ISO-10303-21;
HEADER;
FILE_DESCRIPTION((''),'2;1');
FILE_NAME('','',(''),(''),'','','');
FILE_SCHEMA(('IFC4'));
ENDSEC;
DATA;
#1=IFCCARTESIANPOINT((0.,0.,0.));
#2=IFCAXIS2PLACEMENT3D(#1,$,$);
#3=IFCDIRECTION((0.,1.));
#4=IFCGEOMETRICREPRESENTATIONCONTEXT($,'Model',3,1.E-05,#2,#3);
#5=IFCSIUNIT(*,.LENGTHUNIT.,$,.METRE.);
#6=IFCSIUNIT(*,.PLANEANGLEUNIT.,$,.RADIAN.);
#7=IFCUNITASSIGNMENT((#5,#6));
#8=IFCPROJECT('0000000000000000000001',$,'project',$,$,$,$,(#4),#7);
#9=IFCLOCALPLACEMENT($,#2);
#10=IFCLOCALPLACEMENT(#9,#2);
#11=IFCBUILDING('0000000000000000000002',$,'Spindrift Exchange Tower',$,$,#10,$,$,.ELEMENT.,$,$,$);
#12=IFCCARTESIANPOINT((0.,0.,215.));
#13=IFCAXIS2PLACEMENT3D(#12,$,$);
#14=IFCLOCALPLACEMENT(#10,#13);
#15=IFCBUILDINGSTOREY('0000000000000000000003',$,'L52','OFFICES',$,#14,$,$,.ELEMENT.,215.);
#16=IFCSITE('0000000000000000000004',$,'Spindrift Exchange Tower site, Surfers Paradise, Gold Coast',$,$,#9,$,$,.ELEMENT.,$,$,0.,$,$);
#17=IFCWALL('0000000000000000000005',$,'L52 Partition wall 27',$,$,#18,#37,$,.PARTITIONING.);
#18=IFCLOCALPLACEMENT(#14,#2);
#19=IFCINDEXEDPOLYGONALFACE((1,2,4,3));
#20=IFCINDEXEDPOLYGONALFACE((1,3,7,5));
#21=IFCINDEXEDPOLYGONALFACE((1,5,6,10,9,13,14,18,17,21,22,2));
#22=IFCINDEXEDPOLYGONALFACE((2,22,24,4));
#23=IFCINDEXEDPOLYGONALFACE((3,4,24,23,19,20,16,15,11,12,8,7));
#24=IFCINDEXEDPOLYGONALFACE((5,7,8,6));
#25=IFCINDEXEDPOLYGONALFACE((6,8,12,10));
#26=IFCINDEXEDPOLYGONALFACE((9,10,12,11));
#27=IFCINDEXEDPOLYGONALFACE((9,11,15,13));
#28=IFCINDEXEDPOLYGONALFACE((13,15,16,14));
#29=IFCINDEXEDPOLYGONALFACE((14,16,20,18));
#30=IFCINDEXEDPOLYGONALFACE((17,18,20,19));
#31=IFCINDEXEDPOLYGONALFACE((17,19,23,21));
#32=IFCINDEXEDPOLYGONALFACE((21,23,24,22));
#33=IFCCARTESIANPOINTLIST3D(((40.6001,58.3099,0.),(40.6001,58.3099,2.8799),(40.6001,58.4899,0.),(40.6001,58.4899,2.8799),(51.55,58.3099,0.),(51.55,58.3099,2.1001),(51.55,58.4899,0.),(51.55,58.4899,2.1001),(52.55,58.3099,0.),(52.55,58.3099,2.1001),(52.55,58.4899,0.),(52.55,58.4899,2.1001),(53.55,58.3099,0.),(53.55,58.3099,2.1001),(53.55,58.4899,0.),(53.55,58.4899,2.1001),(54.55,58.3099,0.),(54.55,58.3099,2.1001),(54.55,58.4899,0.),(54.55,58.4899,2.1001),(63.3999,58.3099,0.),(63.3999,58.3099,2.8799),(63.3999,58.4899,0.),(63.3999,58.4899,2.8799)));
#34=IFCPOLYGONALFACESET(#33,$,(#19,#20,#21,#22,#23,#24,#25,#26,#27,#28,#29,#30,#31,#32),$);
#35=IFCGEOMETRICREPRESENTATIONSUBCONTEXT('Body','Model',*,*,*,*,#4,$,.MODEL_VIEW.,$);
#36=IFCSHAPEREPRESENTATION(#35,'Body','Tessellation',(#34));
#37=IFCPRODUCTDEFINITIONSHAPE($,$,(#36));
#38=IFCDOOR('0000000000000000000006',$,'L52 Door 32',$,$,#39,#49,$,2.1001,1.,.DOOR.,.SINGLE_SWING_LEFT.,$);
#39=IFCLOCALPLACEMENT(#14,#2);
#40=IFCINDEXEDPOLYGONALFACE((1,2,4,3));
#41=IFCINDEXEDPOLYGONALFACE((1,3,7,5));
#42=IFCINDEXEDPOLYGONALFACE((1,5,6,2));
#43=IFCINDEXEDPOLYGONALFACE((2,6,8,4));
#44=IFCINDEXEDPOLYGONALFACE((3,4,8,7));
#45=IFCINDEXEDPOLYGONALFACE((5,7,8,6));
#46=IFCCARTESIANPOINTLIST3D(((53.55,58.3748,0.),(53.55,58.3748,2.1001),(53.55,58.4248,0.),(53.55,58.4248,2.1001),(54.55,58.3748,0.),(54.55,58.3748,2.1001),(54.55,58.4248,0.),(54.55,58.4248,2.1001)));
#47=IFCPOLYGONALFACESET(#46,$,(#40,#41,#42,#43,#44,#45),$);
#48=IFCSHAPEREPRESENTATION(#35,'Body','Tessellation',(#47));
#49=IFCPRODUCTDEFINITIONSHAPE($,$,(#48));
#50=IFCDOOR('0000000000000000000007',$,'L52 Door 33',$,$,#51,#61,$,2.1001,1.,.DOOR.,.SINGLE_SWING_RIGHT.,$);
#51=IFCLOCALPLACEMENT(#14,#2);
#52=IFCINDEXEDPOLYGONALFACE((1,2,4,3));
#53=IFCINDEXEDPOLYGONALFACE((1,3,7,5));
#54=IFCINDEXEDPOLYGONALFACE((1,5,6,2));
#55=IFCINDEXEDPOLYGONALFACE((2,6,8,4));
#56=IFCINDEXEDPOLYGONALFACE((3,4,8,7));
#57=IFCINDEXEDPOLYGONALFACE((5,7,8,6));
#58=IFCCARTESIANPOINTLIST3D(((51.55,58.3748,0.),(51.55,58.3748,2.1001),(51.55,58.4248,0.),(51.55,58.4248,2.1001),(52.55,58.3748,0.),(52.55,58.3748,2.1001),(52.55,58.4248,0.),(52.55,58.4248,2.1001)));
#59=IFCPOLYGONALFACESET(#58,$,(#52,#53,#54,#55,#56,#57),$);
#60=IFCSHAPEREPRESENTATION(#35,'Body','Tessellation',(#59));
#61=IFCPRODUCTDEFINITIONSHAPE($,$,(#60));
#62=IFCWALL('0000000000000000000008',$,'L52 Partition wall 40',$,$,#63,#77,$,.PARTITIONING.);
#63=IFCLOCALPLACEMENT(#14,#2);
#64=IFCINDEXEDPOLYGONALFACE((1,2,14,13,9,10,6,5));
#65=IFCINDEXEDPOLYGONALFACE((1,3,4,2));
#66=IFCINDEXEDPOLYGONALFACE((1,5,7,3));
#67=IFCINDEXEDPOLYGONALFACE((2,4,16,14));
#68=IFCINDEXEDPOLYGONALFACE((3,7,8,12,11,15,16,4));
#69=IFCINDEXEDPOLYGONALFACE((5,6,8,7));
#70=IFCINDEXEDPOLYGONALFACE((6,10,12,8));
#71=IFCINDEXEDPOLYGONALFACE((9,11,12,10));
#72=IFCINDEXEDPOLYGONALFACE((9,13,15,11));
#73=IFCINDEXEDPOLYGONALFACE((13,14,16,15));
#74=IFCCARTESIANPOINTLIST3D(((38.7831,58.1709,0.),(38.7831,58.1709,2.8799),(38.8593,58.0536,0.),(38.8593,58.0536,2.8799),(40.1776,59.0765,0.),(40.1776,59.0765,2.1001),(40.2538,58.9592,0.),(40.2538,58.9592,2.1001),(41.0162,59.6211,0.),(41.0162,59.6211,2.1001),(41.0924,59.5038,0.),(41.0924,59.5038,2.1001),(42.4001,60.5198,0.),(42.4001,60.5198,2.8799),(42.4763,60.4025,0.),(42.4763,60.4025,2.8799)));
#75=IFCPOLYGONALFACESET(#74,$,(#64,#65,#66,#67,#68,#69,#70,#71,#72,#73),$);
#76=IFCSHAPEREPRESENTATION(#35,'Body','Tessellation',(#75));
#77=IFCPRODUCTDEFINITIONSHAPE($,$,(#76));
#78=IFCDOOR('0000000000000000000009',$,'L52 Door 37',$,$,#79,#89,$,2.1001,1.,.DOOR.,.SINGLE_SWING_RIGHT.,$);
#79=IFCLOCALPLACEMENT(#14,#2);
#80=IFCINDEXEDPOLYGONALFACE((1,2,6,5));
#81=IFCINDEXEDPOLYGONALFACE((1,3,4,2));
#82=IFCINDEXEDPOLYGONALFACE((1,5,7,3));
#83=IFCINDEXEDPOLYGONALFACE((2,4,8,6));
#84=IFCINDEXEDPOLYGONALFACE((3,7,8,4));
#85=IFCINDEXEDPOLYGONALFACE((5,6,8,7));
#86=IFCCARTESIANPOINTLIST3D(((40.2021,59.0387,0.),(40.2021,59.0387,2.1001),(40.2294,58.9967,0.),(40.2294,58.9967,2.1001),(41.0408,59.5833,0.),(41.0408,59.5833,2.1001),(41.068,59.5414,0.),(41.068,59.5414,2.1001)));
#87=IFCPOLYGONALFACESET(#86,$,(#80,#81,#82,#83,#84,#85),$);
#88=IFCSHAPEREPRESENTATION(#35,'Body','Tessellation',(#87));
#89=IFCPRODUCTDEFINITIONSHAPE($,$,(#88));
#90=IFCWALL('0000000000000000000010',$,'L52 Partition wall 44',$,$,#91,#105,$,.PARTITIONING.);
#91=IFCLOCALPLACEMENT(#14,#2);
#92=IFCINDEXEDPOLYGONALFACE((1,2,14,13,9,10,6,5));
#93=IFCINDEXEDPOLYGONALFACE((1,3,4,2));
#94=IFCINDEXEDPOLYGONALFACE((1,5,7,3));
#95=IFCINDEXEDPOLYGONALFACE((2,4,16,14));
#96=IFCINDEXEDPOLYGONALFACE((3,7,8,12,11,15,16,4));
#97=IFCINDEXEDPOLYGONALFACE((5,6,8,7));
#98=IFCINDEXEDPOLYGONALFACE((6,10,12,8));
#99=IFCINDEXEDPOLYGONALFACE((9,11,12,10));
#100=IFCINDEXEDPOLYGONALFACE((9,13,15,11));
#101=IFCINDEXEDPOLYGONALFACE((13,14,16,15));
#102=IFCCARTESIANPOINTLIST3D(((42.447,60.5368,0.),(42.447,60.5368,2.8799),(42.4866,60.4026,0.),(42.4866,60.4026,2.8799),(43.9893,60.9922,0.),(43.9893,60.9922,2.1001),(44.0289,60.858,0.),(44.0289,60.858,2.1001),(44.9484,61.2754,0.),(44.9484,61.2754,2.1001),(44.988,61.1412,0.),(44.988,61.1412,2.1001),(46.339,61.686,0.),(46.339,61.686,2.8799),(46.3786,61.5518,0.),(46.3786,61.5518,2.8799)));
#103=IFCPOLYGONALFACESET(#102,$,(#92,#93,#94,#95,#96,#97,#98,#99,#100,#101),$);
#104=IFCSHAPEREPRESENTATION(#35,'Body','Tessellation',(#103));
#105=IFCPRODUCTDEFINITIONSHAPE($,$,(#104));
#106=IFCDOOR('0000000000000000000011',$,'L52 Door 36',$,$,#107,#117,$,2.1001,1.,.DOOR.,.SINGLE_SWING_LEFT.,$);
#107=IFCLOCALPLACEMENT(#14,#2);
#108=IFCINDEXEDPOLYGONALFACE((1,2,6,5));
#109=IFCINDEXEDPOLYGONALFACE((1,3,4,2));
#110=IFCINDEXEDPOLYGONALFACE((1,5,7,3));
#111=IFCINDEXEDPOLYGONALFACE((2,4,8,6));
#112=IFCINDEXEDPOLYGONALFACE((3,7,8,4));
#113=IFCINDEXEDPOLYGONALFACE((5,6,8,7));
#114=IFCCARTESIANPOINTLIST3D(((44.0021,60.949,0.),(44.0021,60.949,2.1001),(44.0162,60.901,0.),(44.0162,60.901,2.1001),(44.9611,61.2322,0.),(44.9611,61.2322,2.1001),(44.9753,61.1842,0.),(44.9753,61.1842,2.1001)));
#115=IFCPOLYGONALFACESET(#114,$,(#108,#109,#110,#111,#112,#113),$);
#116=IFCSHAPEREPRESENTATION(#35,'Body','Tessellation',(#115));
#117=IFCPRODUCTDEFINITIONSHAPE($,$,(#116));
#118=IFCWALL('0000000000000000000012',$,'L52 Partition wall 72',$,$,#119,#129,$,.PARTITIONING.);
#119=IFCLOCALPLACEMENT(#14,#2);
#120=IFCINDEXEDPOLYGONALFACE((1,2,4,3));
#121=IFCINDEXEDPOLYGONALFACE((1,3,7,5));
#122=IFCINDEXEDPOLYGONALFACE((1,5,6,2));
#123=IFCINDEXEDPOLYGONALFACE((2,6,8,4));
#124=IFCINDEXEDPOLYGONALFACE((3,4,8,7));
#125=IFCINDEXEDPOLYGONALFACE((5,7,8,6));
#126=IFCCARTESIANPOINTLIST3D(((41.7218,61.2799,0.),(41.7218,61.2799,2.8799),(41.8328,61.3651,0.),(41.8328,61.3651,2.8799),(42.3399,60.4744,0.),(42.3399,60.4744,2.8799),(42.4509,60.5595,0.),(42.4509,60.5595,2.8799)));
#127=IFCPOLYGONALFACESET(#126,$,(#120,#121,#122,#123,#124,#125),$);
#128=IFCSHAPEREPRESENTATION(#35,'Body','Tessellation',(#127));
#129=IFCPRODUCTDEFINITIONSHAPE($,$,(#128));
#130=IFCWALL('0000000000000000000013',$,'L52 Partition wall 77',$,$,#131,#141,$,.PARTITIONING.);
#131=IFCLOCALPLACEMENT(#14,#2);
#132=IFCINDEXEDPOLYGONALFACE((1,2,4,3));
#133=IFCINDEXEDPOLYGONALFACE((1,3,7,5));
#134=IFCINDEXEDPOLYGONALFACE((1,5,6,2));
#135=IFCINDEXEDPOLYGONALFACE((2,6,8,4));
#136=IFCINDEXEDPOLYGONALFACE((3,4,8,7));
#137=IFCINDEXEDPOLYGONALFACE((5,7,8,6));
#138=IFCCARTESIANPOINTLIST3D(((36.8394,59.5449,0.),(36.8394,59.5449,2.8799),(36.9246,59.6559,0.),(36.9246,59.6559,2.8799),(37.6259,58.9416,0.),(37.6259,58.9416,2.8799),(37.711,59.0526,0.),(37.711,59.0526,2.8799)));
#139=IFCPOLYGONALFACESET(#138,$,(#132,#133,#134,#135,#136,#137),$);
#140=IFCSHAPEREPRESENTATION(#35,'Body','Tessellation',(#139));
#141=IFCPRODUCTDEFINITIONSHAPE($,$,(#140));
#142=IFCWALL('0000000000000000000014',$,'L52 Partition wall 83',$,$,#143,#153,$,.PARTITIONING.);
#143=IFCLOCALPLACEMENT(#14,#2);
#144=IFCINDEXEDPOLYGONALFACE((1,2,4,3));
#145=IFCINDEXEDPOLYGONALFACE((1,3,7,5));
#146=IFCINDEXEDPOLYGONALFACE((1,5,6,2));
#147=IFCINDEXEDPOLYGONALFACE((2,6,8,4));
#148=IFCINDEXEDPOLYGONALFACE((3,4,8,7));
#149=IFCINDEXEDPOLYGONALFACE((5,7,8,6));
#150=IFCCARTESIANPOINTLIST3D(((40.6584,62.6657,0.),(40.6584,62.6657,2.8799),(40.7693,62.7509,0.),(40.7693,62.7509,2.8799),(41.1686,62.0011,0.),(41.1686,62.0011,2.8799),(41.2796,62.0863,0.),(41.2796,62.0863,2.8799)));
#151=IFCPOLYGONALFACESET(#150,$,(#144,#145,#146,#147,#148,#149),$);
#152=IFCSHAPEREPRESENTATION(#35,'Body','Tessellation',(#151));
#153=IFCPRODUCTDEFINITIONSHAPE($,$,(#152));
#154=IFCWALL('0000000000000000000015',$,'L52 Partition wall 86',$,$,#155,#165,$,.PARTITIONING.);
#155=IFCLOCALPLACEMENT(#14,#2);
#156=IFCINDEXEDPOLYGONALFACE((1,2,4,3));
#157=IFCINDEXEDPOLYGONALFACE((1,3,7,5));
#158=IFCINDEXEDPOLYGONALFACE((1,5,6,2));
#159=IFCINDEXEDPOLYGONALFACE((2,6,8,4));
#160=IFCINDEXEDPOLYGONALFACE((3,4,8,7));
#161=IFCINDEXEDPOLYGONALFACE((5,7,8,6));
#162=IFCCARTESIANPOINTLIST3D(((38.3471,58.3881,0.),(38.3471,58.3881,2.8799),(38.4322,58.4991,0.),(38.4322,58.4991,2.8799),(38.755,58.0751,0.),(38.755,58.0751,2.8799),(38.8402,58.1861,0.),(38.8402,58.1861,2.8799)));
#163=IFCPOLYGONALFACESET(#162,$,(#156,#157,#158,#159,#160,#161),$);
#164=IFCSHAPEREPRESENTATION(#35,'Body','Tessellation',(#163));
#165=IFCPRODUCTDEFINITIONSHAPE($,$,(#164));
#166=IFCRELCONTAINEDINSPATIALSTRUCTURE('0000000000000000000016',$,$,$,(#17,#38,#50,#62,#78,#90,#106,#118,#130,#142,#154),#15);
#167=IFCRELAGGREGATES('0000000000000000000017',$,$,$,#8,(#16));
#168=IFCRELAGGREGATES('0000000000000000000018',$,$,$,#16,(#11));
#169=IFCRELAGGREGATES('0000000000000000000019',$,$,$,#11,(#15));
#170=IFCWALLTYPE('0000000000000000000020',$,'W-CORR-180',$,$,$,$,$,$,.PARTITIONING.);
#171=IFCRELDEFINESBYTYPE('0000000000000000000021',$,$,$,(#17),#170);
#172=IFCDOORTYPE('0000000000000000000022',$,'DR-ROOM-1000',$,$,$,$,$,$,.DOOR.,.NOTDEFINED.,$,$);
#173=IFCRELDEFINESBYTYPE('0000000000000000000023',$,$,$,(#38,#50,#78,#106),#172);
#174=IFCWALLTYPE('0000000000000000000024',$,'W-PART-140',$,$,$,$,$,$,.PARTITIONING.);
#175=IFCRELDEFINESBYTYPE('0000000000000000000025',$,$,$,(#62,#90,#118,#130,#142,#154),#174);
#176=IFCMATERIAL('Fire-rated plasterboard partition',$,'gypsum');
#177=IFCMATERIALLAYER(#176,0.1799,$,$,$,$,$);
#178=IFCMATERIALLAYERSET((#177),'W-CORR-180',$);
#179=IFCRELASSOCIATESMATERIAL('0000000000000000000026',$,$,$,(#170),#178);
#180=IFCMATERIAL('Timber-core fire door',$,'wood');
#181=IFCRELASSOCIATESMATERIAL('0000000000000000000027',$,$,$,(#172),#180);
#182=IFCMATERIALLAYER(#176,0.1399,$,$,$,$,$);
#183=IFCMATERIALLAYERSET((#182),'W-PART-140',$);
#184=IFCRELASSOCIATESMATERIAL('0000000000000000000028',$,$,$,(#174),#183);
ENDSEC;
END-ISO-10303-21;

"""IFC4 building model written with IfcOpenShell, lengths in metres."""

from ifc_helpers import new_model, si_unit, direction, frame, frame_2d, origin, place, context, subcontext, project, spatial, rectangle, extrude, source, transform, mapped, material, layer, layer_set, type_object, element, fill, save


model = new_model("IFC4")

# Units and contexts
model_context = context("Model", 3, precision=1e-05, world=origin(), true_north=direction((0.0, 1.0)))
body_context = subcontext(model_context, "Body", "Model", "MODEL_VIEW")
ifc_project = project(units=[si_unit("LENGTHUNIT", "METRE"), si_unit("PLANEANGLEUNIT", "RADIAN")], contexts=[model_context])

# Site, building, storey
site_placement = place(None, origin())
site = spatial("IfcSite", under=ifc_project, at=site_placement, Name="Spindrift Exchange Tower site, Surfers Paradise, Gold Coast", CompositionType="ELEMENT", RefElevation=0.0)
building_placement = place(site_placement, origin())
building = spatial("IfcBuilding", under=site, at=building_placement, Name="Spindrift Exchange Tower", CompositionType="ELEMENT")
storey_placement = place(building_placement, frame((0.0, 0.0, 215.0)))
storey = spatial("IfcBuildingStorey", under=building, at=storey_placement, Name="L52", Description="OFFICES", CompositionType="ELEMENT", Elevation=215.0)

# Wall, openings, doors
ifc_material_1 = material(Name="Fire-rated plasterboard partition", Category="gypsum")
ifc_layer_1 = layer(ifc_material_1, 0.1799)
ifc_layer_set_1 = layer_set([ifc_layer_1], Name="W-CORR-180")
wall_type_1 = type_object("IfcWallType", Name="W-CORR-180", PredefinedType="PARTITIONING", material=ifc_layer_set_1)
wall_1_placement = place(storey_placement, frame((40.6001, 58.3999, 0.0), z_axis=(0.0, 0.0, 1.0), x_axis=(1.0, 0.0, 0.0)))
wall_1 = element("IfcWall", 1, at=wall_1_placement, inside=storey, type_object=wall_type_1, Name="L52 Partition wall 27", PredefinedType="PARTITIONING", context=body_context, shape_type="SweptSolid", body=[
    extrude(rectangle(XDim=22.7998, YDim=0.1799, at=frame_2d((11.3999, 0.0))), origin(), (0.0, 0.0, 1.0), 2.8799),
])
opening_1_placement = place(wall_1_placement, frame((12.95, 0.0, 0.0)))
opening_1 = element("IfcOpeningElement", 2, at=opening_1_placement, cuts=wall_1, PredefinedType="OPENING", context=body_context, shape_type="SweptSolid", body=[
    extrude(rectangle(XDim=1.0, YDim=2.1001, at=frame_2d((0.5, 1.05))), frame((0.0, 0.0999, 0.0), z_axis=(0.0, -1.0, 0.0), x_axis=(1.0, 0.0, 0.0)), (0.0, 0.0, 1.0), 0.2),
])
opening_2_placement = place(wall_1_placement, frame((10.95, 0.0, 0.0)))
opening_2 = element("IfcOpeningElement", 3, at=opening_2_placement, cuts=wall_1, PredefinedType="OPENING", context=body_context, shape_type="SweptSolid", body=[
    extrude(rectangle(XDim=1.0, YDim=2.1001, at=frame_2d((0.5, 1.05))), frame((0.0, 0.0999, 0.0), z_axis=(0.0, -1.0, 0.0), x_axis=(1.0, 0.0, 0.0)), (0.0, 0.0, 1.0), 0.2),
])
ifc_material_2 = material(Name="Timber-core fire door", Category="wood")
door_type = type_object("IfcDoorType", Name="DR-ROOM-1000", OperationType="NOTDEFINED", PredefinedType="DOOR", material=ifc_material_2)
shared_shape_1 = source(origin(), body_context, "Body", "SweptSolid", [
    extrude(rectangle(XDim=1.0, YDim=2.1001, at=frame_2d((0.5, 1.05))), frame((0.0, 0.0249, 0.0), z_axis=(0.0, -1.0, 0.0), x_axis=(1.0, 0.0, 0.0)), (0.0, 0.0, 1.0), 0.05),
])
door_1_placement = place(opening_1_placement, origin())
door_1 = element("IfcDoor", 4, at=door_1_placement, inside=storey, type_object=door_type, Name="L52 Door 32", OperationType="SINGLE_SWING_LEFT", OverallHeight=2.1001, OverallWidth=1.0, PredefinedType="DOOR", context=body_context, shape_type="MappedRepresentation", body=[
    mapped(shared_shape_1, transform((0.0, 0.0, 0.0), scale=1.0)),
])
fill(opening_1, door_1)
door_2_placement = place(opening_2_placement, origin())
door_2 = element("IfcDoor", 5, at=door_2_placement, inside=storey, type_object=door_type, Name="L52 Door 33", OperationType="SINGLE_SWING_RIGHT", OverallHeight=2.1001, OverallWidth=1.0, PredefinedType="DOOR", context=body_context, shape_type="MappedRepresentation", body=[
    mapped(shared_shape_1, transform((0.0, 0.0, 0.0), scale=1.0)),
])
fill(opening_2, door_2)

# Walls, openings, doors
ifc_layer_2 = layer(ifc_material_1, 0.1399)
ifc_layer_set_2 = layer_set([ifc_layer_2], Name="W-PART-140")
wall_type_2 = type_object("IfcWallType", Name="W-PART-140", PredefinedType="PARTITIONING", material=ifc_layer_set_2)
wall_2_placement = place(storey_placement, frame((38.8213, 58.1123, 0.0), z_axis=(0.0, 0.0, 1.0), x_axis=(0.83867, 0.54464, 0.0)))
wall_2 = element("IfcWall", 6, at=wall_2_placement, inside=storey, type_object=wall_type_2, Name="L52 Partition wall 40", PredefinedType="PARTITIONING", context=body_context, shape_type="SweptSolid", body=[
    extrude(rectangle(XDim=4.3127, YDim=0.1399, at=frame_2d((2.1562, 0.0))), origin(), (0.0, 0.0, 1.0), 2.8799),
])
opening_3_placement = place(wall_2_placement, frame((1.6626, 0.0, 0.0)))
opening_3 = element("IfcOpeningElement", 7, at=opening_3_placement, cuts=wall_2, PredefinedType="OPENING", context=body_context, shape_type="SweptSolid", body=[
    extrude(rectangle(XDim=1.0, YDim=2.1001, at=frame_2d((0.5, 1.05))), frame((0.0, 0.0798, 0.0), z_axis=(0.0, -1.0, 0.0), x_axis=(1.0, 0.0, 0.0)), (0.0, 0.0, 1.0), 0.1599),
])
door_3_placement = place(opening_3_placement, origin())
door_3 = element("IfcDoor", 8, at=door_3_placement, inside=storey, type_object=door_type, Name="L52 Door 37", OperationType="SINGLE_SWING_RIGHT", OverallHeight=2.1001, OverallWidth=1.0, PredefinedType="DOOR", context=body_context, shape_type="MappedRepresentation", body=[
    mapped(shared_shape_1, transform((0.0, 0.0, 0.0), scale=1.0)),
])
fill(opening_3, door_3)
wall_3_placement = place(storey_placement, frame((42.4668, 60.4697, 0.0), z_axis=(0.0, 0.0, 1.0), x_axis=(0.959069, 0.283173, 0.0)))
wall_3 = element("IfcWall", 9, at=wall_3_placement, inside=storey, type_object=wall_type_2, Name="L52 Partition wall 44", PredefinedType="PARTITIONING", context=body_context, shape_type="SweptSolid", body=[
    extrude(rectangle(XDim=4.0581, YDim=0.1399, at=frame_2d((2.0291, 0.0))), origin(), (0.0, 0.0, 1.0), 2.8799),
])
opening_4_placement = place(wall_3_placement, frame((1.6082, 0.0, 0.0)))
opening_4 = element("IfcOpeningElement", 10, at=opening_4_placement, cuts=wall_3, PredefinedType="OPENING", context=body_context, shape_type="SweptSolid", body=[
    extrude(rectangle(XDim=1.0, YDim=2.1001, at=frame_2d((0.5, 1.05))), frame((0.0, 0.0798, 0.0), z_axis=(0.0, -1.0, 0.0), x_axis=(1.0, 0.0, 0.0)), (0.0, 0.0, 1.0), 0.1599),
])
door_4_placement = place(opening_4_placement, origin())
door_4 = element("IfcDoor", 11, at=door_4_placement, inside=storey, type_object=door_type, Name="L52 Door 36", OperationType="SINGLE_SWING_LEFT", OverallHeight=2.1001, OverallWidth=1.0, PredefinedType="DOOR", context=body_context, shape_type="MappedRepresentation", body=[
    mapped(shared_shape_1, transform((0.0, 0.0, 0.0), scale=1.0)),
])
fill(opening_4, door_4)

# Walls
wall_4_placement = place(storey_placement, frame((42.3955, 60.5168, 0.0), z_axis=(0.0, 0.0, 1.0), x_axis=(-0.608734, 0.793374, 0.0)))
element("IfcWall", 12, at=wall_4_placement, inside=storey, type_object=wall_type_2, Name="L52 Partition wall 72", PredefinedType="PARTITIONING", context=body_context, shape_type="SweptSolid", body=[
    extrude(rectangle(XDim=1.0154, YDim=0.1399, at=frame_2d((0.5078, 0.0))), origin(), (0.0, 0.0, 1.0), 2.8799),
])
wall_5_placement = place(storey_placement, frame((37.6685, 58.9971, 0.0), z_axis=(0.0, 0.0, 1.0), x_axis=(-0.79342, 0.608675, 0.0)))
element("IfcWall", 13, at=wall_5_placement, inside=storey, type_object=wall_type_2, Name="L52 Partition wall 77", PredefinedType="PARTITIONING", context=body_context, shape_type="SweptSolid", body=[
    extrude(rectangle(XDim=0.9912, YDim=0.1399, at=frame_2d((0.4956, 0.0))), origin(), (0.0, 0.0, 1.0), 2.8799),
])
wall_6_placement = place(storey_placement, frame((41.2241, 62.0437, 0.0), z_axis=(0.0, 0.0, 1.0), x_axis=(-0.609006, 0.793165, 0.0)))
element("IfcWall", 14, at=wall_6_placement, inside=storey, type_object=wall_type_2, Name="L52 Partition wall 83", PredefinedType="PARTITIONING", context=body_context, shape_type="SweptSolid", body=[
    extrude(rectangle(XDim=0.8379, YDim=0.1399, at=frame_2d((0.4189, 0.0))), origin(), (0.0, 0.0, 1.0), 2.8799),
])
wall_7_placement = place(storey_placement, frame((38.7976, 58.1306, 0.0), z_axis=(0.0, 0.0, 1.0), x_axis=(-0.7934, 0.608701, 0.0)))
element("IfcWall", 15, at=wall_7_placement, inside=storey, type_object=wall_type_2, Name="L52 Partition wall 86", PredefinedType="PARTITIONING", context=body_context, shape_type="SweptSolid", body=[
    extrude(rectangle(XDim=0.5142, YDim=0.1399, at=frame_2d((0.2571, 0.0))), origin(), (0.0, 0.0, 1.0), 2.8799),
])

save(model, "model.ifc")
